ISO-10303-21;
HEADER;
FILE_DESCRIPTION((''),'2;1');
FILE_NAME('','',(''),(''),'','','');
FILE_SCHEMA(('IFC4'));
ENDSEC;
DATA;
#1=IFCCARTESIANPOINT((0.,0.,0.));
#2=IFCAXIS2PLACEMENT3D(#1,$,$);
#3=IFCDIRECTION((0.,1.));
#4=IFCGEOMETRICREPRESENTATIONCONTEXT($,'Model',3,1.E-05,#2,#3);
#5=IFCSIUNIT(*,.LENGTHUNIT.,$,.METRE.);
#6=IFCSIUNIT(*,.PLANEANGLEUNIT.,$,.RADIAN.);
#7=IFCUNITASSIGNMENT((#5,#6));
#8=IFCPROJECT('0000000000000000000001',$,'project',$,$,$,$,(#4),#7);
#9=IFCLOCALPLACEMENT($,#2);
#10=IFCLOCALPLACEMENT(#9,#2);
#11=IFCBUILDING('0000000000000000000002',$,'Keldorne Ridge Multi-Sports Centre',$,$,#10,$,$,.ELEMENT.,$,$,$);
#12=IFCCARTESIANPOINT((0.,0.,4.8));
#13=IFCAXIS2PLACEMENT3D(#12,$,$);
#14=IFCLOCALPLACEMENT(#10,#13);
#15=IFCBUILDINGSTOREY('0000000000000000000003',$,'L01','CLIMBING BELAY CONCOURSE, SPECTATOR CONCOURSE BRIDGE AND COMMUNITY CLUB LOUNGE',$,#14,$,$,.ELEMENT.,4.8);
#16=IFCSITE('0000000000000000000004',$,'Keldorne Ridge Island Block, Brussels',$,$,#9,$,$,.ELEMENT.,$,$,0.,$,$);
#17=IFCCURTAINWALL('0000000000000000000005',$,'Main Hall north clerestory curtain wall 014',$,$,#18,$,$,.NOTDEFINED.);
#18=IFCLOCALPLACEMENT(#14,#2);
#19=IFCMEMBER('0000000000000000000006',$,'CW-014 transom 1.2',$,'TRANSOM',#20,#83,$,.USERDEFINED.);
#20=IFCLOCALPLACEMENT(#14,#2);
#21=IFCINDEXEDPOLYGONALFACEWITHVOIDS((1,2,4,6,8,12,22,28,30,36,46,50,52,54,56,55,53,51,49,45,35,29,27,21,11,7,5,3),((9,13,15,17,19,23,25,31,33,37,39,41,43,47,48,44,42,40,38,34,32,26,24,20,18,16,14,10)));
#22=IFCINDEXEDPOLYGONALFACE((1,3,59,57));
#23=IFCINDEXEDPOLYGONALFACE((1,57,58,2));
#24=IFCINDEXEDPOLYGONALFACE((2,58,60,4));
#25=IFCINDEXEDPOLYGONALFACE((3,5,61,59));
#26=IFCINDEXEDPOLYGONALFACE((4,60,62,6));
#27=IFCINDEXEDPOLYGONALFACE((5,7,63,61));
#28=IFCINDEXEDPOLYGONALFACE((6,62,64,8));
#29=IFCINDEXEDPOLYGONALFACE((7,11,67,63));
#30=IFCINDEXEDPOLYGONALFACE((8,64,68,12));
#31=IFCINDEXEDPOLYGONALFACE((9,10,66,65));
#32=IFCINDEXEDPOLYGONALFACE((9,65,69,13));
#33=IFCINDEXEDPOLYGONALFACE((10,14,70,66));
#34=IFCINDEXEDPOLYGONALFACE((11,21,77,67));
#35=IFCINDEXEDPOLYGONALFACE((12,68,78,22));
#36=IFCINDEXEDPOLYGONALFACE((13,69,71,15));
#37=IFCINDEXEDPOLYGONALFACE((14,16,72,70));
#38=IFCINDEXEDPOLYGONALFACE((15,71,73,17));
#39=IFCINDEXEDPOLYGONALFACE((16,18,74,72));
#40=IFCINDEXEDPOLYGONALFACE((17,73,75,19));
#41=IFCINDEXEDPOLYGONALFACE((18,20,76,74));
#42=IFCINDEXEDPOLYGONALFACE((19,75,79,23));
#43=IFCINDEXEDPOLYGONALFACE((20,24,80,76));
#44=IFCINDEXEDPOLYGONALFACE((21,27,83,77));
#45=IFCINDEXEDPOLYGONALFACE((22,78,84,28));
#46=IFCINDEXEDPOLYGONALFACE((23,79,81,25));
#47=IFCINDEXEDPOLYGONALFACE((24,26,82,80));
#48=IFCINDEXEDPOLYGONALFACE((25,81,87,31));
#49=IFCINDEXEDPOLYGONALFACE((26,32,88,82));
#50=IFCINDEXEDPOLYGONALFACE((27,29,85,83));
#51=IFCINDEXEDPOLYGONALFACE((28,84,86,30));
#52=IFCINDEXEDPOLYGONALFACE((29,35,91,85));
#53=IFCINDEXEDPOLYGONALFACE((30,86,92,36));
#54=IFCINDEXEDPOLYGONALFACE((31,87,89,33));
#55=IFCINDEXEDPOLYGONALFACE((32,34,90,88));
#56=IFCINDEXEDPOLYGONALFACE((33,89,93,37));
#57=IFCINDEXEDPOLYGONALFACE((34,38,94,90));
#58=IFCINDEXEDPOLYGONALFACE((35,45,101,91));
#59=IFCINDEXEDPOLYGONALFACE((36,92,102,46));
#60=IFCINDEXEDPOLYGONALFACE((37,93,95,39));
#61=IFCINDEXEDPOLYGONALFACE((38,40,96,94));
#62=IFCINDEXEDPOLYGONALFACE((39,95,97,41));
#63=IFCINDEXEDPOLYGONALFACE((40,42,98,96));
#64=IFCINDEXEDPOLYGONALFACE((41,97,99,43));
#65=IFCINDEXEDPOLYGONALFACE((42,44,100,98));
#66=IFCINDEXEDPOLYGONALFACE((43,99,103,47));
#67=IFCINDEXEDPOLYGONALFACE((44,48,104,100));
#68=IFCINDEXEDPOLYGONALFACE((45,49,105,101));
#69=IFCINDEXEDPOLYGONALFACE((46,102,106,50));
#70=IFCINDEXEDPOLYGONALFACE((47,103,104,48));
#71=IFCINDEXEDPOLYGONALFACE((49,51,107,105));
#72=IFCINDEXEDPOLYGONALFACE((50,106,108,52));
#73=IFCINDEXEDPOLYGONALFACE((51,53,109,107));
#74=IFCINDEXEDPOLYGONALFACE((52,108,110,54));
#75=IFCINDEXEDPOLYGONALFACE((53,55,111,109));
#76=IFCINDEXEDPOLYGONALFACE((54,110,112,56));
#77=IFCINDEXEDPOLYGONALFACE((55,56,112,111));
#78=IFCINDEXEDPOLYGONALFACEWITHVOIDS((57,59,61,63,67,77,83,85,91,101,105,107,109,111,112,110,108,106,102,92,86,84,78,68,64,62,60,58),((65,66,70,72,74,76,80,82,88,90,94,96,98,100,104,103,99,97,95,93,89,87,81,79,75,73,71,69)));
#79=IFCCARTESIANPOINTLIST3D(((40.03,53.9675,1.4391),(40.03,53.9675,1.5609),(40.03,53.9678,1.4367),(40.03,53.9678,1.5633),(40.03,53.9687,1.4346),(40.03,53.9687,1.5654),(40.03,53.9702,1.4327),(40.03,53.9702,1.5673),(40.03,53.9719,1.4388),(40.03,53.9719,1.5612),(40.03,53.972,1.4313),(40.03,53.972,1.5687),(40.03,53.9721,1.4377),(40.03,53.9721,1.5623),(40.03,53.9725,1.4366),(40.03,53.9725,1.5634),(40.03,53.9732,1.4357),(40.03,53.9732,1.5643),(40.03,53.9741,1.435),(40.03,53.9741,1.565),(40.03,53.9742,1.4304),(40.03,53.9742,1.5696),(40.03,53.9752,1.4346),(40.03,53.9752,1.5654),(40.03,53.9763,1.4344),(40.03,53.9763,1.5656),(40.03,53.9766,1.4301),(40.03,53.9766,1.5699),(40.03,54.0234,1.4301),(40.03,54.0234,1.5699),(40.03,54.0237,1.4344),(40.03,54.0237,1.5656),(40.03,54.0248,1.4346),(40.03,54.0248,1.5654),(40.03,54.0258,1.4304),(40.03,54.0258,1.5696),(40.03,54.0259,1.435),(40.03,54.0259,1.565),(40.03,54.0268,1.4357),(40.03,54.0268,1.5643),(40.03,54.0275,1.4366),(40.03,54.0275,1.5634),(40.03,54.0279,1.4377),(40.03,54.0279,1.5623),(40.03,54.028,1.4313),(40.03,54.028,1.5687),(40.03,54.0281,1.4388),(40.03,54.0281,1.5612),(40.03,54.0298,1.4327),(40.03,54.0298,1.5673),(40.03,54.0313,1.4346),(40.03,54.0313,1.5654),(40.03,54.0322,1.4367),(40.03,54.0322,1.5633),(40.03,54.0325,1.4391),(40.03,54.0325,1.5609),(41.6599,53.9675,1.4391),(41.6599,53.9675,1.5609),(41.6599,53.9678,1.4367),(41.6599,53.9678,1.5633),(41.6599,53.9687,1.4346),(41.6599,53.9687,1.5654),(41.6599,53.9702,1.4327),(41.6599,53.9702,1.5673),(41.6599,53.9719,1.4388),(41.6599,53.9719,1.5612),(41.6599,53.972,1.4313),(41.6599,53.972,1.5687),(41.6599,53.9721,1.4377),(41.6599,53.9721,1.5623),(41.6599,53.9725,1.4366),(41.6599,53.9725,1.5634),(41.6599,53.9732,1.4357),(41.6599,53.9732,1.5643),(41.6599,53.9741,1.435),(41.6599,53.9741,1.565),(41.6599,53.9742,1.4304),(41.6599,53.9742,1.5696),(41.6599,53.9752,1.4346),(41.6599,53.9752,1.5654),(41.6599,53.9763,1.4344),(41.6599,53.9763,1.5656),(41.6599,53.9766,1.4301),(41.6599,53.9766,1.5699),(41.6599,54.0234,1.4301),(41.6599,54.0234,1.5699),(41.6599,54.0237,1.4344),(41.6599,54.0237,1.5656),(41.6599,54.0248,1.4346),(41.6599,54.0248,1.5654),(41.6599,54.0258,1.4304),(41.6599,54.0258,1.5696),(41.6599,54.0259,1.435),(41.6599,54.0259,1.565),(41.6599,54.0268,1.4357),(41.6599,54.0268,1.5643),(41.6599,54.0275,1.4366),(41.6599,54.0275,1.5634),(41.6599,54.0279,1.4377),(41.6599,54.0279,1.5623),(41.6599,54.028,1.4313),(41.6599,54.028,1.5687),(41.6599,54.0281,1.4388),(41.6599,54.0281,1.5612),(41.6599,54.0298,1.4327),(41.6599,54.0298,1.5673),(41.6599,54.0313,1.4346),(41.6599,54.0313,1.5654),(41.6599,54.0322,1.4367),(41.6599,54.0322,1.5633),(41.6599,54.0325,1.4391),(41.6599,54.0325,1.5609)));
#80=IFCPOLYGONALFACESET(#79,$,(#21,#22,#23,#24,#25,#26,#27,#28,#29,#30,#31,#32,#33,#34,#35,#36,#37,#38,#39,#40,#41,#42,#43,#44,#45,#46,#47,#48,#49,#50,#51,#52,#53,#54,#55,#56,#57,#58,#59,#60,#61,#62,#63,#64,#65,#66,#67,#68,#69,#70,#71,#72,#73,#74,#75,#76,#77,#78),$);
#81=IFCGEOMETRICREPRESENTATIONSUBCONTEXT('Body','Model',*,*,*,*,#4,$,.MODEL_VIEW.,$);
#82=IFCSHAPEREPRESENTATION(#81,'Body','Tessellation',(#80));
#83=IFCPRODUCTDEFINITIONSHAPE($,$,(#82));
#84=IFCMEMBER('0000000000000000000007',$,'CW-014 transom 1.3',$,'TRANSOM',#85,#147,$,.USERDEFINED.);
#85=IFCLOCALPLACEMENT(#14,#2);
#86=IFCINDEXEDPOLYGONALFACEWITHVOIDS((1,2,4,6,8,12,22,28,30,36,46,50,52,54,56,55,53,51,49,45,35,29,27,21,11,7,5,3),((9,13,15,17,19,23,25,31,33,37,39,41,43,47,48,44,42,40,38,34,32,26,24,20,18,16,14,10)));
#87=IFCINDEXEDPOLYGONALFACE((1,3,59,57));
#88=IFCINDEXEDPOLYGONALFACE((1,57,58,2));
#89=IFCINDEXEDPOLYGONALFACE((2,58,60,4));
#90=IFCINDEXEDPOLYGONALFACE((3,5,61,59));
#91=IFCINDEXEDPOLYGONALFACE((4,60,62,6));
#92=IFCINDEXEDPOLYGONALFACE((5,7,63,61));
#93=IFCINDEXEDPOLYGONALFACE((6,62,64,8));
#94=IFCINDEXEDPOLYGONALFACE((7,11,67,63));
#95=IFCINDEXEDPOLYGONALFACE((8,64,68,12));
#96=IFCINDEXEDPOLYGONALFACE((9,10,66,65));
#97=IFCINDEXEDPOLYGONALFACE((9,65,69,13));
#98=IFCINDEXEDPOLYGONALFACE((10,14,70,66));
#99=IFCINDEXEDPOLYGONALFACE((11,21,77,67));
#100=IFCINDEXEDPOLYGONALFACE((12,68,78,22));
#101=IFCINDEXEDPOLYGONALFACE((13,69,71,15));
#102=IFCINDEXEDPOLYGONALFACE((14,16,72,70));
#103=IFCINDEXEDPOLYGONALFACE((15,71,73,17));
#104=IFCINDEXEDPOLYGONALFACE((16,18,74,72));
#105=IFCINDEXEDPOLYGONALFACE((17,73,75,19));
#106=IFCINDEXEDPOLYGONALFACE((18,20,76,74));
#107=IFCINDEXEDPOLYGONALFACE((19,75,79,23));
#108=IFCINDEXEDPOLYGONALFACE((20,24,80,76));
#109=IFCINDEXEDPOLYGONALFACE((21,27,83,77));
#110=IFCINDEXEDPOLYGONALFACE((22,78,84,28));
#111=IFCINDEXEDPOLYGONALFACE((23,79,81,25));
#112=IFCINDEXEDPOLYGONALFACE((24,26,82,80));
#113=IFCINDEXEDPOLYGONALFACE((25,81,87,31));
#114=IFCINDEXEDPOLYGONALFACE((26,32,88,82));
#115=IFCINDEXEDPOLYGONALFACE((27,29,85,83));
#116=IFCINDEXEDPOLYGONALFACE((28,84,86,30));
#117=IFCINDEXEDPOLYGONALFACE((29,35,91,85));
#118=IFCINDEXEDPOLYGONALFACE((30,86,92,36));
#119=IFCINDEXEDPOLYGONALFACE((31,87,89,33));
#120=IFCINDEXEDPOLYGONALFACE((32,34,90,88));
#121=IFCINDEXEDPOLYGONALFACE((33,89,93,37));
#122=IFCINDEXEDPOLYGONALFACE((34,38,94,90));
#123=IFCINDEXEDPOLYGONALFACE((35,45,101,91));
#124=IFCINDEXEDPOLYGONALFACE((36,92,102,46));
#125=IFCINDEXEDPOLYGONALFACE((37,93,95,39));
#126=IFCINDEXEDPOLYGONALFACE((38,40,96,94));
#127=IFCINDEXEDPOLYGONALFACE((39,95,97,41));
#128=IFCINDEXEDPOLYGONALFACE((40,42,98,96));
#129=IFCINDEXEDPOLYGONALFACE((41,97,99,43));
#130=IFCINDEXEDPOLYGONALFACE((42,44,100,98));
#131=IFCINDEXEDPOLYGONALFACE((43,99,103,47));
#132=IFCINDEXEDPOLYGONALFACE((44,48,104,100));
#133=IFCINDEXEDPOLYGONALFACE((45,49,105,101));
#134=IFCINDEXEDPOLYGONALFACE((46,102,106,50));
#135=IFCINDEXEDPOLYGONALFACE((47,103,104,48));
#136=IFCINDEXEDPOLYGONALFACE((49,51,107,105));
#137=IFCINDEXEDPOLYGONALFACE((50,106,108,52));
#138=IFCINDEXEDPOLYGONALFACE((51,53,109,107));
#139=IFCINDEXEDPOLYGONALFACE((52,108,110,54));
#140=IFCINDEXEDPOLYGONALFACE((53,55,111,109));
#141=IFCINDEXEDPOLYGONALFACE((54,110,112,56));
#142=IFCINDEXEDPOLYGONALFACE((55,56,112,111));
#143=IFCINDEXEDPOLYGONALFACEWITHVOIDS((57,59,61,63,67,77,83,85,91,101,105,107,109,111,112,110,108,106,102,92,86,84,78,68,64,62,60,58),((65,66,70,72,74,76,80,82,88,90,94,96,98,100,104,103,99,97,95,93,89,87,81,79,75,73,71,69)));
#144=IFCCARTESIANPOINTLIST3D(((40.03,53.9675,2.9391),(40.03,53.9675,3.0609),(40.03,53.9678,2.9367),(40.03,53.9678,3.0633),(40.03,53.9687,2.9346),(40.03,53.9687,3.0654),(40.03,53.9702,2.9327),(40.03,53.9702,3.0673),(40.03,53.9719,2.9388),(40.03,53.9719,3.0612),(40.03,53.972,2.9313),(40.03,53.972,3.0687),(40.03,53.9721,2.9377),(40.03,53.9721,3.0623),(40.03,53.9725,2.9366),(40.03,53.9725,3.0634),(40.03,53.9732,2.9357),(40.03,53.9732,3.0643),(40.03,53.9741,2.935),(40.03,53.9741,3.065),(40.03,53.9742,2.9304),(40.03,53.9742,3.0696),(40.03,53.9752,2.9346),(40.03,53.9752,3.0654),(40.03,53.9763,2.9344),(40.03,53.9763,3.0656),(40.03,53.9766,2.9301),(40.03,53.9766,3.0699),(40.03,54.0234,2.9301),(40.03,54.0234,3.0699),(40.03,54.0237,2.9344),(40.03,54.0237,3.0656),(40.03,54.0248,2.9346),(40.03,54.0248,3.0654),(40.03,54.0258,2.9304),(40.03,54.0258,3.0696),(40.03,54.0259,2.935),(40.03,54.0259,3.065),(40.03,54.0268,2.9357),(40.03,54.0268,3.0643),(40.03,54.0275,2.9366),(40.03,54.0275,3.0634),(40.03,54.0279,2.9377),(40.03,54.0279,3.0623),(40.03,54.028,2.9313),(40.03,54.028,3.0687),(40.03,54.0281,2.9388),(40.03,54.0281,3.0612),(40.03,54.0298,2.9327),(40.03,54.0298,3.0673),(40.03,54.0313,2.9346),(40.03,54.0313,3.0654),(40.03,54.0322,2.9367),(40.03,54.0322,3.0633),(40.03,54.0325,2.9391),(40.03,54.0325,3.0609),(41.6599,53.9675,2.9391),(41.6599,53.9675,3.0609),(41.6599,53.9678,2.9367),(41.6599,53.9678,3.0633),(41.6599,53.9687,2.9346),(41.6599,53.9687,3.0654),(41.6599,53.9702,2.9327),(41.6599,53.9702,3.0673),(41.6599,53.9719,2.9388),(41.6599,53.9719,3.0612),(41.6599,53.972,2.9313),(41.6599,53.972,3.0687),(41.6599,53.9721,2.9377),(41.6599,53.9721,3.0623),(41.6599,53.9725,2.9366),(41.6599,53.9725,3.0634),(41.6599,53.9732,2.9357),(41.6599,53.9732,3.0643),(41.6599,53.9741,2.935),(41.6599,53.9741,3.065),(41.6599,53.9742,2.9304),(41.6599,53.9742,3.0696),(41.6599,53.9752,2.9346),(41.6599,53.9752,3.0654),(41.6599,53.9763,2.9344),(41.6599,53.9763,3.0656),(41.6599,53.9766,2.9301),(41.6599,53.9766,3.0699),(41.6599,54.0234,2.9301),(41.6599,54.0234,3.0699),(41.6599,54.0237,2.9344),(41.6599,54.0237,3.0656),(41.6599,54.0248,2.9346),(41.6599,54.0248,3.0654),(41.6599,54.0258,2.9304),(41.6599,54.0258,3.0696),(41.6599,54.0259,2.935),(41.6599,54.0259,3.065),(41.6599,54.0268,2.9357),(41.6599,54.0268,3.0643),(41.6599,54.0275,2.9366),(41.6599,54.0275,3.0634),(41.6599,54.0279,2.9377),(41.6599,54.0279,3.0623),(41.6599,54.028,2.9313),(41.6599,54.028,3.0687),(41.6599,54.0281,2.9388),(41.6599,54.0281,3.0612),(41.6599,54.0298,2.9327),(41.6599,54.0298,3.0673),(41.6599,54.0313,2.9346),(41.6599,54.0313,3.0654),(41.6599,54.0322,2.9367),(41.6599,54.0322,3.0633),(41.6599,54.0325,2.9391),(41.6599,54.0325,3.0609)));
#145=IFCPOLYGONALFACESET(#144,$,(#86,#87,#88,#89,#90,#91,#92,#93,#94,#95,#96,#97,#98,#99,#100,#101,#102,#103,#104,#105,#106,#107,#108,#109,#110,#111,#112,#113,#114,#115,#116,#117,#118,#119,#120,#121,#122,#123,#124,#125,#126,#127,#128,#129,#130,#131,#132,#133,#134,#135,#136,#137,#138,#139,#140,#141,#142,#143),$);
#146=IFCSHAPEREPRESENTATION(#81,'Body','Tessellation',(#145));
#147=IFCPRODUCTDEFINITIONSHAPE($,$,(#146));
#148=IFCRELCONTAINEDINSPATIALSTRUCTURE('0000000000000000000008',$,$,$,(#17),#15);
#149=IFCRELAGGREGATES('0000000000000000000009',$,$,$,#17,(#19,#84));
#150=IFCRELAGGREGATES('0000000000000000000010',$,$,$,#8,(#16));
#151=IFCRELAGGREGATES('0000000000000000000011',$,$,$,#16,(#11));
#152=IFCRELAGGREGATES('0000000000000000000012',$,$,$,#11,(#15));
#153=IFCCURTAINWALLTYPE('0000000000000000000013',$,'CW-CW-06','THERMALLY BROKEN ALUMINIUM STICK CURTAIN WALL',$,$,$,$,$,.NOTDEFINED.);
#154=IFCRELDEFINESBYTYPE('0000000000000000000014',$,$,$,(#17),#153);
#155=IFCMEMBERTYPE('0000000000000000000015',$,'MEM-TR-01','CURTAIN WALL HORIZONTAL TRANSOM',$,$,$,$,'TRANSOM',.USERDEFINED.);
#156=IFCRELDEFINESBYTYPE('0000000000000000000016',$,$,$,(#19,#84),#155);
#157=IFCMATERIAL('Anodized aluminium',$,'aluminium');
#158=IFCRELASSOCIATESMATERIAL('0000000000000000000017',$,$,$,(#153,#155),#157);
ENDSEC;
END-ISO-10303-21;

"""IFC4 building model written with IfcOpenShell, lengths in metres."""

from ifc_helpers import new_model, si_unit, direction, frame, origin, origin_2d, place, context, subcontext, project, spatial, hollow_rectangle, extrude, material, material_profile, profile_set, type_object, element, aggregate, save


model = new_model("IFC4")

# Units and contexts
model_context = context("Model", 3, precision=1e-05, world=origin(), true_north=direction((0.0, 1.0)))
body_context = subcontext(model_context, "Body", "Model", "MODEL_VIEW")
ifc_project = project(units=[si_unit("LENGTHUNIT", "METRE"), si_unit("PLANEANGLEUNIT", "RADIAN")], contexts=[model_context])

# Site, building, storey
site_placement = place(None, origin())
site = spatial("IfcSite", under=ifc_project, at=site_placement, Name="Keldorne Ridge Island Block, Brussels", CompositionType="ELEMENT", RefElevation=0.0)
building_placement = place(site_placement, origin())
building = spatial("IfcBuilding", under=site, at=building_placement, Name="Keldorne Ridge Multi-Sports Centre", CompositionType="ELEMENT")
storey_placement = place(building_placement, frame((0.0, 0.0, 4.8)))
storey = spatial("IfcBuildingStorey", under=building, at=storey_placement, Name="L01", Description="CLIMBING BELAY CONCOURSE, SPECTATOR CONCOURSE BRIDGE AND COMMUNITY CLUB LOUNGE", CompositionType="ELEMENT", Elevation=4.8)

# Curtain wall
ifc_material_1 = material(Name="Anodized aluminium", Category="aluminium")
curtain_wall_type_1 = type_object("IfcCurtainWallType", Name="CW-CW-06", Description="THERMALLY BROKEN ALUMINIUM STICK CURTAIN WALL", PredefinedType="NOTDEFINED", material=ifc_material_1)
curtain_wall_1_placement = place(storey_placement, origin())
curtain_wall_1 = element("IfcCurtainWall", 1, at=curtain_wall_1_placement, inside=storey, type_object=curtain_wall_type_1, Name="Main Hall north clerestory curtain wall 014", PredefinedType="NOTDEFINED")

# Members
ifc_material_profile_1 = material_profile(ifc_material_1, hollow_rectangle(XDim=0.0649, YDim=0.1399, WallThickness=0.0044, InnerFilletRadius=0.0044, OuterFilletRadius=0.009, at=origin_2d()), Name="ALU TRANSOM 140x65x4.5")
ifc_profile_set_1 = profile_set([ifc_material_profile_1], Name="Anodized aluminium")
member_type_1 = type_object("IfcMemberType", Name="MEM-TR-01", Description="CURTAIN WALL HORIZONTAL TRANSOM", ElementType="TRANSOM", PredefinedType="USERDEFINED", material=ifc_profile_set_1)
member_1_placement = place(storey_placement, frame((41.6599, 54.0, 1.5), z_axis=(-1.0, 0.0, 0.0), x_axis=(0.0, -1.0, 0.0)))
member_1 = element("IfcMember", 2, at=member_1_placement, type_object=member_type_1, Name="CW-014 transom 1.2", ObjectType="TRANSOM", PredefinedType="USERDEFINED", context=body_context, shape_type="SweptSolid", body=[
    extrude(hollow_rectangle(XDim=0.0649, YDim=0.1399, WallThickness=0.0044, InnerFilletRadius=0.0044, OuterFilletRadius=0.009, at=origin_2d()), origin(), (0.0, 0.0, 1.0), 1.6299),
])
member_2_placement = place(storey_placement, frame((41.6599, 54.0, 3.0), z_axis=(-1.0, 0.0, 0.0), x_axis=(0.0, -1.0, 0.0)))
member_2 = element("IfcMember", 3, at=member_2_placement, type_object=member_type_1, Name="CW-014 transom 1.3", ObjectType="TRANSOM", PredefinedType="USERDEFINED", context=body_context, shape_type="SweptSolid", body=[
    extrude(hollow_rectangle(XDim=0.0649, YDim=0.1399, WallThickness=0.0044, InnerFilletRadius=0.0044, OuterFilletRadius=0.009, at=origin_2d()), origin(), (0.0, 0.0, 1.0), 1.6299),
])

aggregate(curtain_wall_1, [member_1, member_2])

save(model, "model.ifc")
